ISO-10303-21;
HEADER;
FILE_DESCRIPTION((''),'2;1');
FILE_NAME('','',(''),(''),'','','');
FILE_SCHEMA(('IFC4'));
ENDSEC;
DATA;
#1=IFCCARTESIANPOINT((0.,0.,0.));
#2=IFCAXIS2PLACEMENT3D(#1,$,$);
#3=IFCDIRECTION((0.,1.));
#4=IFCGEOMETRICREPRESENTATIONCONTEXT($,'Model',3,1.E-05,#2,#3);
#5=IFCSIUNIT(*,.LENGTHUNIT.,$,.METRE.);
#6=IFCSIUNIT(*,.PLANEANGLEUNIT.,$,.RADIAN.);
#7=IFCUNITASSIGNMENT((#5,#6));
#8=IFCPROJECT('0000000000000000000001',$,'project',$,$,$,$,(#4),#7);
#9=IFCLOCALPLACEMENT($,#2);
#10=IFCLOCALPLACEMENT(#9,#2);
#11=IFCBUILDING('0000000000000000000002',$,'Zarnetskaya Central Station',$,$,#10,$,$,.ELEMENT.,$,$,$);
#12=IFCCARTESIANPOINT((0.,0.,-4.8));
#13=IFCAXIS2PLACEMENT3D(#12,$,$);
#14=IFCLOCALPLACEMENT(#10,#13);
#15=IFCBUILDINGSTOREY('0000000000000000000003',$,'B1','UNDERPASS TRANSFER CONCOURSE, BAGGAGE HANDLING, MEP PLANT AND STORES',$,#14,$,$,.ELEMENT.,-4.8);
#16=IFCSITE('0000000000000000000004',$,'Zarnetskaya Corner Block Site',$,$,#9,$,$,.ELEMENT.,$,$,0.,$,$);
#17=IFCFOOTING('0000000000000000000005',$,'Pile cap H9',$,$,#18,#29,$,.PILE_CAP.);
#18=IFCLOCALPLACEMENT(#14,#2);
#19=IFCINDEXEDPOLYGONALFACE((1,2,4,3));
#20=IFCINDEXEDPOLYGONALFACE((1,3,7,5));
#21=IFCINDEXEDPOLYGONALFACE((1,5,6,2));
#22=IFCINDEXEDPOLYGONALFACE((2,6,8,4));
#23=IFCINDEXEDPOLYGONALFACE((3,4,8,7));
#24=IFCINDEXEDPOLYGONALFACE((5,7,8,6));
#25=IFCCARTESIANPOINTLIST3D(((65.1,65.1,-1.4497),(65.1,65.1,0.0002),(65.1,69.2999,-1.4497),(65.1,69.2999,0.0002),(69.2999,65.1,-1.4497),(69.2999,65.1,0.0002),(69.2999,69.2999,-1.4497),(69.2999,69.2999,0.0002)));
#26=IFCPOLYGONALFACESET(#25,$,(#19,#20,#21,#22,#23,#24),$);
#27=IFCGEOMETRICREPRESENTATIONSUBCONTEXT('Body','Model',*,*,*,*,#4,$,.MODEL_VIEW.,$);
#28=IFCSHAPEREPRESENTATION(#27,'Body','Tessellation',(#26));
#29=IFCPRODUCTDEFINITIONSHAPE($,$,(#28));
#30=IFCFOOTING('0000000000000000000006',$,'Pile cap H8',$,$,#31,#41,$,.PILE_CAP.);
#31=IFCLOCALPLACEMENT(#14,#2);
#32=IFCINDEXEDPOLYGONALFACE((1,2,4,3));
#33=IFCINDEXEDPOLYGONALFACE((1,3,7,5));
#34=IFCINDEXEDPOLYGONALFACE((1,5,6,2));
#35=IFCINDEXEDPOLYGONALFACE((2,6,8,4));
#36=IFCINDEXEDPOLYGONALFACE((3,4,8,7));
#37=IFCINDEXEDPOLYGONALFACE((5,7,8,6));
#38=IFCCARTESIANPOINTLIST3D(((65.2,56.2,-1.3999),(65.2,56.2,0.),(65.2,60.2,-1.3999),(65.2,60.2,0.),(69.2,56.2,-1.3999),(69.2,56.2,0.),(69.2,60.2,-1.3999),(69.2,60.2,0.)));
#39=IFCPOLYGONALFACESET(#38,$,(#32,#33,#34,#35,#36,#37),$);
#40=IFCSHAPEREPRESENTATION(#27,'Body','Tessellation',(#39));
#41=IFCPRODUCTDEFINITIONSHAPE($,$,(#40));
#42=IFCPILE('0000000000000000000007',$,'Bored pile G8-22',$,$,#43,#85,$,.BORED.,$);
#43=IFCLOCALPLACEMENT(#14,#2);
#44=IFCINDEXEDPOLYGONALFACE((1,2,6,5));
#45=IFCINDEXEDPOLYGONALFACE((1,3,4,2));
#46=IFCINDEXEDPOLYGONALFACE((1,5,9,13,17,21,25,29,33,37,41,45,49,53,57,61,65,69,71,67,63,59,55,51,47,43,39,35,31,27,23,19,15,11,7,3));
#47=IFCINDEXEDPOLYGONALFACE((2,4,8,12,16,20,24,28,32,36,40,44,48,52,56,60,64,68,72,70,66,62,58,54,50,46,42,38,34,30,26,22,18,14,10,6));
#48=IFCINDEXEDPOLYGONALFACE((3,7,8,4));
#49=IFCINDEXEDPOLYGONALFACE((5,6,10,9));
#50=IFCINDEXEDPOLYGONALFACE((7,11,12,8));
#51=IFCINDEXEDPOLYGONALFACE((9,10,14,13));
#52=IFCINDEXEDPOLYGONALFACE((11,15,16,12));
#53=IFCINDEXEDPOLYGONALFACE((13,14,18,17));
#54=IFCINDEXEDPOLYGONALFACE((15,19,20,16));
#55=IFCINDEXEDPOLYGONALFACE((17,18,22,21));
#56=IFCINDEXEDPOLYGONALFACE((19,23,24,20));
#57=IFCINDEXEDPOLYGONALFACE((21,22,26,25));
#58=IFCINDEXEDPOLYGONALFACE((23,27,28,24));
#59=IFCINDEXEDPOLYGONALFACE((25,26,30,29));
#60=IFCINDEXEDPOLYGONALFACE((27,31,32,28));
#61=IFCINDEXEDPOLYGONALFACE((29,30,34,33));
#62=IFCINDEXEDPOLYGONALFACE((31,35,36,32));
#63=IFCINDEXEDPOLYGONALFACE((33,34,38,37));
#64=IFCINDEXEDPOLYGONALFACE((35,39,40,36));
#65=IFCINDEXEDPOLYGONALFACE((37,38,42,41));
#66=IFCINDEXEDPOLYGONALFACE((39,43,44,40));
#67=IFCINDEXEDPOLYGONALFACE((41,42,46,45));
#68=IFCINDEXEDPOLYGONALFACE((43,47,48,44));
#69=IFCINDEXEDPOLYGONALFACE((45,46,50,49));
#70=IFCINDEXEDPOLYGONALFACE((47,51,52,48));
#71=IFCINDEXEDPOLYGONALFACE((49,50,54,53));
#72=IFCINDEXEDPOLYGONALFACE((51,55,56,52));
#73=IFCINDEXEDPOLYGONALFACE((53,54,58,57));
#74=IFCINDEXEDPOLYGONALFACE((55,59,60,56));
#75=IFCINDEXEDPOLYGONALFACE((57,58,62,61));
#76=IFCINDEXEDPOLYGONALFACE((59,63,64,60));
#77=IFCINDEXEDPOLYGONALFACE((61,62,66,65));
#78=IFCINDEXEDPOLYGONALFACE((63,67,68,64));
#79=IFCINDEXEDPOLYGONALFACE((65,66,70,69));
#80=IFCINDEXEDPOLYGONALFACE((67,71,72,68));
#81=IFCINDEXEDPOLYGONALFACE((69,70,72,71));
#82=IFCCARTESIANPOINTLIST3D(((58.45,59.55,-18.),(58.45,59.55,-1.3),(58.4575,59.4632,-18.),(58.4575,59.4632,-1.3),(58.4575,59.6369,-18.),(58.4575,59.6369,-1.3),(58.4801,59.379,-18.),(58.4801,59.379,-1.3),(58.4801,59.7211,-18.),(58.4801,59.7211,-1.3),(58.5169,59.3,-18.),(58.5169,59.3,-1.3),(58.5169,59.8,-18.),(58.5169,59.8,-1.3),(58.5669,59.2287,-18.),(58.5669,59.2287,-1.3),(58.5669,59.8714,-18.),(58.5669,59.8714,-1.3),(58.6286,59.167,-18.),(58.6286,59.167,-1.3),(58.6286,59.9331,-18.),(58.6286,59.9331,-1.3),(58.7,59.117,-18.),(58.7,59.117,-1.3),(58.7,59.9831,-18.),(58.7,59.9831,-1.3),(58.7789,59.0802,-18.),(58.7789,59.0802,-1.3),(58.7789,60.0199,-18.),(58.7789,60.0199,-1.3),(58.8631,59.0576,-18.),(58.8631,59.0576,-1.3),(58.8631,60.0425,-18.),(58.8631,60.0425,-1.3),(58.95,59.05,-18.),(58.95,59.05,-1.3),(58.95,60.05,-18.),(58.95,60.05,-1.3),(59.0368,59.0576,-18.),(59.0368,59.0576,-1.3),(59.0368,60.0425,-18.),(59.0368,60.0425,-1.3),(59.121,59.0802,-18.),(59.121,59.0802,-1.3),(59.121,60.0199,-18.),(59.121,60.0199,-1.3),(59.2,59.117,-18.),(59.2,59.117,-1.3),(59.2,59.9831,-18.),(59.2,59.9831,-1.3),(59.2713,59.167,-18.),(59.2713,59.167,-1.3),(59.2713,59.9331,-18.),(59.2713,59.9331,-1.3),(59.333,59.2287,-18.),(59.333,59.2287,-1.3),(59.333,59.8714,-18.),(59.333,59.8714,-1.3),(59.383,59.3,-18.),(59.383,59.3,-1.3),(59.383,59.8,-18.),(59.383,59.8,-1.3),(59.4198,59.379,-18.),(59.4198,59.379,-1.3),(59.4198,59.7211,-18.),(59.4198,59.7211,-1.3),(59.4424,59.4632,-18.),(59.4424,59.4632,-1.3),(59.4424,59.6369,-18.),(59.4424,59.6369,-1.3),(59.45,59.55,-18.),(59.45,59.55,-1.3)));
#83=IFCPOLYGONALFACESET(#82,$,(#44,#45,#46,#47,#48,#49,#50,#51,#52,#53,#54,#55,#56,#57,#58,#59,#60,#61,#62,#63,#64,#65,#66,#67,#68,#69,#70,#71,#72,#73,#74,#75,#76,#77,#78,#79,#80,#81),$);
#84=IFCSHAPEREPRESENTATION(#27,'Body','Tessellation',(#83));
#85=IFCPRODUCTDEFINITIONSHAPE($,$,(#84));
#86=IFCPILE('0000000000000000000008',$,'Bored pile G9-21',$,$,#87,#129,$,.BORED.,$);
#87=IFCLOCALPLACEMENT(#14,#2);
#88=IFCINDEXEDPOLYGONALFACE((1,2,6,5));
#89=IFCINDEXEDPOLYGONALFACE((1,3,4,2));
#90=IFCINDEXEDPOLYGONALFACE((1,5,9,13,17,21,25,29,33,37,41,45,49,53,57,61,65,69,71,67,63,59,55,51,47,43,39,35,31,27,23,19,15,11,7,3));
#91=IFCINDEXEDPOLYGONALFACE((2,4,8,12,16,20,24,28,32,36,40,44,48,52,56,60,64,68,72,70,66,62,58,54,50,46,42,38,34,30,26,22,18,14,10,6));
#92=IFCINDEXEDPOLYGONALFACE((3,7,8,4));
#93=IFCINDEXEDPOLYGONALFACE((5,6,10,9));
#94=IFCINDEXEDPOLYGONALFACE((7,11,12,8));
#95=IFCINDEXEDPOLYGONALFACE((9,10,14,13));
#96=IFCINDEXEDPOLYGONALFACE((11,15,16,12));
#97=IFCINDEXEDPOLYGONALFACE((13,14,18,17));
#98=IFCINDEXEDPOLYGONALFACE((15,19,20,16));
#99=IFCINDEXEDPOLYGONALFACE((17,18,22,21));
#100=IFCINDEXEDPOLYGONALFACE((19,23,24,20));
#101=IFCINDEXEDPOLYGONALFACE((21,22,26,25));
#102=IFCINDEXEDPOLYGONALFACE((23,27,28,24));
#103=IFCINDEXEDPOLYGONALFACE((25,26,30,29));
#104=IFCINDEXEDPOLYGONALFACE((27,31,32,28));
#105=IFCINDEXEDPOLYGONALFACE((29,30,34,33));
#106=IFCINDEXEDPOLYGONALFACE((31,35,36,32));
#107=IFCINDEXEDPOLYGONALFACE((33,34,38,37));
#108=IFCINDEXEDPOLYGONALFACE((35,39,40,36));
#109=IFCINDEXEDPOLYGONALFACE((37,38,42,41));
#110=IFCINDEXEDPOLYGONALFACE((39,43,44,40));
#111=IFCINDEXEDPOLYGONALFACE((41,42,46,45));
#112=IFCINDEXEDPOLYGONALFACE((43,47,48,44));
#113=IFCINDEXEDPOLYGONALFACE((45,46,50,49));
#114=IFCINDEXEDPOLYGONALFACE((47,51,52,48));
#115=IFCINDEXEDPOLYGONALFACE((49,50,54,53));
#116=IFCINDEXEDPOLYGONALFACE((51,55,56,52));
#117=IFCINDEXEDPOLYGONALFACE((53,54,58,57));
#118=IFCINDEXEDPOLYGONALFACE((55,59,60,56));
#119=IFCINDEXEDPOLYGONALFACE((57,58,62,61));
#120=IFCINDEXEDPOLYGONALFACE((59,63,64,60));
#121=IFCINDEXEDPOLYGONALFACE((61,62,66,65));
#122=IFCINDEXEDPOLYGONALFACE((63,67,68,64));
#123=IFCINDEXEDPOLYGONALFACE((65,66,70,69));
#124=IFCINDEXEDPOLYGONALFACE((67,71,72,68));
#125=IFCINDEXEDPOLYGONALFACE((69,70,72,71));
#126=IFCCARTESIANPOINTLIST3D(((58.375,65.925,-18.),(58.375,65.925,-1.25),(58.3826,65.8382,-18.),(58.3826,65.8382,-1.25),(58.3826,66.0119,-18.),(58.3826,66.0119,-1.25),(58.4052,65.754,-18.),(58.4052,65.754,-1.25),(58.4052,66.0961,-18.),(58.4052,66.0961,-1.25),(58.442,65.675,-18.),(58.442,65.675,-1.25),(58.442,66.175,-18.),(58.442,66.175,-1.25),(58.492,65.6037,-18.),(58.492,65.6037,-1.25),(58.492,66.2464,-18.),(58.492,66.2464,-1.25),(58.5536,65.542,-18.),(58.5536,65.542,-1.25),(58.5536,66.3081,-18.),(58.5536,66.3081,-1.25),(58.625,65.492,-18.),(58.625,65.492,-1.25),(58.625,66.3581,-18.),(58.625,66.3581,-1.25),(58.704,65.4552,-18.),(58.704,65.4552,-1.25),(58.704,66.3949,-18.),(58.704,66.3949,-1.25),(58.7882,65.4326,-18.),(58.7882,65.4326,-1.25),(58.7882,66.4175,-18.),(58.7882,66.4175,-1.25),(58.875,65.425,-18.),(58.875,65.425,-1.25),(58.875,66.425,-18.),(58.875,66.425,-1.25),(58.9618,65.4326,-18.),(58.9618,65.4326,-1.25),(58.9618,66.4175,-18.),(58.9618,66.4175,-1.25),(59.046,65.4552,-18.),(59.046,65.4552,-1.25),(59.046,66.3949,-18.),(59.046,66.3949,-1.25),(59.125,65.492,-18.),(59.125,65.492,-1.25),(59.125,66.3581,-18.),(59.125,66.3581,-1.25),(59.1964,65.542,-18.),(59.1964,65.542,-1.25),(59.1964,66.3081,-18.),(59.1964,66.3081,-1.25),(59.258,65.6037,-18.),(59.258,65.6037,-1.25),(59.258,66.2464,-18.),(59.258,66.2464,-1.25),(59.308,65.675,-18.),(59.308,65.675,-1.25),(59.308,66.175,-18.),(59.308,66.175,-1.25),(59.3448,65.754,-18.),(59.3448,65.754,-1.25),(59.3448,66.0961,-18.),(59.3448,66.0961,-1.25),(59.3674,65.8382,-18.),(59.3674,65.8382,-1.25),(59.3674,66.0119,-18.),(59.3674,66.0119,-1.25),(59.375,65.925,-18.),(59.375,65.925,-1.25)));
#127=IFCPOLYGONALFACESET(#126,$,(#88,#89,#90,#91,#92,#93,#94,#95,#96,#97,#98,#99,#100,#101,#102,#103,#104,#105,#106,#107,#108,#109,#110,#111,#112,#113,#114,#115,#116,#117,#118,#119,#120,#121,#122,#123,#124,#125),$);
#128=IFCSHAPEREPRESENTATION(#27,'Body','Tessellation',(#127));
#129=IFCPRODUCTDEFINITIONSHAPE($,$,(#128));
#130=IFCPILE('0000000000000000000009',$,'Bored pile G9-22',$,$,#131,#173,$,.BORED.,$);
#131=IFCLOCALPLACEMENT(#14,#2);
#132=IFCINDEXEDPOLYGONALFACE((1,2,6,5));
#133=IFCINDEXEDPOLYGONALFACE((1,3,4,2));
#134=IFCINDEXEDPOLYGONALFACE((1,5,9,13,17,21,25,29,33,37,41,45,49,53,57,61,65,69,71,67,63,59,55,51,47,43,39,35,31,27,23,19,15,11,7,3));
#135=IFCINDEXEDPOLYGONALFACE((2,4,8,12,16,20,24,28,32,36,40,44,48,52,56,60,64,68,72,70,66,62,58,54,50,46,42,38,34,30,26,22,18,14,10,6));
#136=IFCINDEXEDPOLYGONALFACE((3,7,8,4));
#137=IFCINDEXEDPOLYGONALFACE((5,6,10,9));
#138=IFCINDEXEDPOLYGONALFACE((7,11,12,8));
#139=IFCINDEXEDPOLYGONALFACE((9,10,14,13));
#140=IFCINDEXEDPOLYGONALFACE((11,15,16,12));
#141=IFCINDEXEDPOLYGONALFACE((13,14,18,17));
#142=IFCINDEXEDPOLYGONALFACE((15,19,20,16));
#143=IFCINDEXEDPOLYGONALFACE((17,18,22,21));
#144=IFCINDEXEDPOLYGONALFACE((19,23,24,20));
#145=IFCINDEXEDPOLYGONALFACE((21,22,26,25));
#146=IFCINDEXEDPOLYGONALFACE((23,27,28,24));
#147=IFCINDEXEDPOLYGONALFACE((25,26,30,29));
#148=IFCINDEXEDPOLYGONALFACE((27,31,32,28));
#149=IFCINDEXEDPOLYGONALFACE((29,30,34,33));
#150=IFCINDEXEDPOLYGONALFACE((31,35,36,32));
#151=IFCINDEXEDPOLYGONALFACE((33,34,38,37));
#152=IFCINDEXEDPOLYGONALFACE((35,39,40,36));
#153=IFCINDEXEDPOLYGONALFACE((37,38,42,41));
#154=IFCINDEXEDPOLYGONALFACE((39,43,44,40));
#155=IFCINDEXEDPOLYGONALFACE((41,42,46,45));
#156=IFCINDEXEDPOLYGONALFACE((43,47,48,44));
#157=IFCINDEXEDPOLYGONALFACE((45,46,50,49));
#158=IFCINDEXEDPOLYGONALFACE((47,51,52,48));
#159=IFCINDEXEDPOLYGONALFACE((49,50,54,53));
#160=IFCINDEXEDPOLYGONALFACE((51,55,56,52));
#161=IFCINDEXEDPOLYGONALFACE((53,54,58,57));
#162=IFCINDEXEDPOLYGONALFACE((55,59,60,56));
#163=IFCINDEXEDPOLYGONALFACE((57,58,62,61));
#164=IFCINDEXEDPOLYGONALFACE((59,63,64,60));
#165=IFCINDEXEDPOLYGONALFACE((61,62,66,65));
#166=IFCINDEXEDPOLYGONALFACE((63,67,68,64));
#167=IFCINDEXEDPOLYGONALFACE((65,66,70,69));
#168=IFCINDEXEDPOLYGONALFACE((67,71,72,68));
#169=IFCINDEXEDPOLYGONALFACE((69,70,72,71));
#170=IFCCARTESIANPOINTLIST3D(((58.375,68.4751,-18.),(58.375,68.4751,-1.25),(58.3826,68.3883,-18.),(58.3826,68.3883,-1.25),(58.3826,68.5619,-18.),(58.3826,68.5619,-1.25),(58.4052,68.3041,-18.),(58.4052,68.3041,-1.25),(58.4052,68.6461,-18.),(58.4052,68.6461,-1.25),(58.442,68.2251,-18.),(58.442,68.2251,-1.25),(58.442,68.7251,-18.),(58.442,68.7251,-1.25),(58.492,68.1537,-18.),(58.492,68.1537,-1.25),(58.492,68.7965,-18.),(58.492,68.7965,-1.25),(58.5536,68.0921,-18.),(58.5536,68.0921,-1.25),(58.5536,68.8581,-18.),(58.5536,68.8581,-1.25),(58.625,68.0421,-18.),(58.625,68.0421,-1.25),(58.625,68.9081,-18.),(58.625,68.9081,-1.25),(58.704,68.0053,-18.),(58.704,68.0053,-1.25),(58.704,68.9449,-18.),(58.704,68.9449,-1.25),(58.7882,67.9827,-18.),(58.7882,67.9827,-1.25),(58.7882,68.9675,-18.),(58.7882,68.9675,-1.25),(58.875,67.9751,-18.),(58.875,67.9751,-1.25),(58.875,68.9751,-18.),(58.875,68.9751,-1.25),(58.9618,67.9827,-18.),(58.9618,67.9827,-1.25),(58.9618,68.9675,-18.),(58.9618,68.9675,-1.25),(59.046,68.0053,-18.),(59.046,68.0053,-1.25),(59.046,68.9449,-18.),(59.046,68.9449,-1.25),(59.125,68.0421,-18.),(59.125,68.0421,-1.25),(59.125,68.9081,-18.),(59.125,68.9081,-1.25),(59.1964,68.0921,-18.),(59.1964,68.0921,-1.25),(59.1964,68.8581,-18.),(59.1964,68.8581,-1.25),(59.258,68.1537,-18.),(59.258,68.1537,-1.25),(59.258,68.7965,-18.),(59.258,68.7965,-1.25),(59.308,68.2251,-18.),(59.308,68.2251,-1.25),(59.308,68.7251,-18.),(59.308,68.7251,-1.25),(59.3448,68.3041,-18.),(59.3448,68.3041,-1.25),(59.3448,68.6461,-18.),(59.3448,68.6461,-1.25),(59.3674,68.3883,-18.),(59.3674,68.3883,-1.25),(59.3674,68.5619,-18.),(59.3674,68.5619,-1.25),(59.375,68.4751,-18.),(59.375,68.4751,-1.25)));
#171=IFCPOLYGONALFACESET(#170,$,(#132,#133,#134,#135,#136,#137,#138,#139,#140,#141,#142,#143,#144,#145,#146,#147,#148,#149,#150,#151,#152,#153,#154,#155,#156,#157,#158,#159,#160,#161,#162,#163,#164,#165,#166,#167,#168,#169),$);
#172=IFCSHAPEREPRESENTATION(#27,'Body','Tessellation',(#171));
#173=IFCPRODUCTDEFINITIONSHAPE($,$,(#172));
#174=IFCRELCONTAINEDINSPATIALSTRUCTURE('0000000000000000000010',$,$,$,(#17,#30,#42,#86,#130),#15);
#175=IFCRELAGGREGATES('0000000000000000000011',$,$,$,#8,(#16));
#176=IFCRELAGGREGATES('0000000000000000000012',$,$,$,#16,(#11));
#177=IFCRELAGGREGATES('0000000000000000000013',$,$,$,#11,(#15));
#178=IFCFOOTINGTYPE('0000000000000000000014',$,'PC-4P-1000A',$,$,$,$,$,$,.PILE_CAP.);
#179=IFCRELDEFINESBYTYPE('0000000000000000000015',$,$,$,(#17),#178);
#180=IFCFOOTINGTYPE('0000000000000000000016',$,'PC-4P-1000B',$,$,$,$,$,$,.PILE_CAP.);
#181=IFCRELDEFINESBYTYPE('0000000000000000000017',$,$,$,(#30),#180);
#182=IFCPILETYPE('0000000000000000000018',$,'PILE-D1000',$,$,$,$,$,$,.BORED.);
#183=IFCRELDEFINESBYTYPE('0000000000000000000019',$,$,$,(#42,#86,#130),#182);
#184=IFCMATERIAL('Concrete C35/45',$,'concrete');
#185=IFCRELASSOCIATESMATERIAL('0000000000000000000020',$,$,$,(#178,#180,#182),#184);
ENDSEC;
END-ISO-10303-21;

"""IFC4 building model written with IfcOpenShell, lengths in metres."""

from ifc_helpers import new_model, si_unit, direction, frame, origin, origin_2d, place, context, subcontext, project, spatial, rectangle, circle, extrude, material, material_profile, profile_set, type_object, element, save


model = new_model("IFC4")

# Units and contexts
model_context = context("Model", 3, precision=1e-05, world=origin(), true_north=direction((0.0, 1.0)))
body_context = subcontext(model_context, "Body", "Model", "MODEL_VIEW")
ifc_project = project(units=[si_unit("LENGTHUNIT", "METRE"), si_unit("PLANEANGLEUNIT", "RADIAN")], contexts=[model_context])

# Site, building, storey
site_placement = place(None, origin())
site = spatial("IfcSite", under=ifc_project, at=site_placement, Name="Zarnetskaya Corner Block Site", CompositionType="ELEMENT", RefElevation=0.0)
building_placement = place(site_placement, origin())
building = spatial("IfcBuilding", under=site, at=building_placement, Name="Zarnetskaya Central Station", CompositionType="ELEMENT")
storey_placement = place(building_placement, frame((0.0, 0.0, -4.8)))
storey = spatial("IfcBuildingStorey", under=building, at=storey_placement, Name="B1", Description="UNDERPASS TRANSFER CONCOURSE, BAGGAGE HANDLING, MEP PLANT AND STORES", CompositionType="ELEMENT", Elevation=-4.8)

# Footings
ifc_material_1 = material(Name="Concrete C35/45", Category="concrete")
footing_type_1 = type_object("IfcFootingType", Name="PC-4P-1000A", PredefinedType="PILE_CAP", material=ifc_material_1)
footing_1_placement = place(storey_placement, frame((67.2, 67.2, -1.4497), z_axis=(0.0, 0.0, 1.0), x_axis=(1.0, 0.0, 0.0)))
element("IfcFooting", 1, at=footing_1_placement, inside=storey, type_object=footing_type_1, Name="Pile cap H9", PredefinedType="PILE_CAP", context=body_context, shape_type="SweptSolid", body=[
    extrude(rectangle(XDim=4.2, YDim=4.2, at=origin_2d()), origin(), (0.0, 0.0, 1.0), 1.45),
])
footing_type_2 = type_object("IfcFootingType", Name="PC-4P-1000B", PredefinedType="PILE_CAP", material=ifc_material_1)
footing_2_placement = place(storey_placement, frame((67.2, 58.2, -1.3999), z_axis=(0.0, 0.0, 1.0), x_axis=(1.0, 0.0, 0.0)))
element("IfcFooting", 2, at=footing_2_placement, inside=storey, type_object=footing_type_2, Name="Pile cap H8", PredefinedType="PILE_CAP", context=body_context, shape_type="SweptSolid", body=[
    extrude(rectangle(XDim=4.0, YDim=4.0, at=origin_2d()), origin(), (0.0, 0.0, 1.0), 1.3999),
])

# Piles
ifc_material_profile_1 = material_profile(ifc_material_1, circle(Radius=0.5, at=origin_2d()), Name="BORED PILE D1000")
ifc_profile_set_1 = profile_set([ifc_material_profile_1], Name="Concrete C35/45")
pile_type = type_object("IfcPileType", Name="PILE-D1000", PredefinedType="BORED", material=ifc_profile_set_1)
pile_placement = place(storey_placement, frame((58.95, 59.55, -1.3), z_axis=(0.0, 0.0, -1.0), x_axis=(1.0, 0.0, 0.0)))
element("IfcPile", 3, at=pile_placement, inside=storey, type_object=pile_type, Name="Bored pile G8-22", PredefinedType="BORED", context=body_context, shape_type="SweptSolid", body=[
    extrude(circle(Radius=0.5, at=origin_2d()), origin(), (0.0, 0.0, 1.0), 16.7),
])
for number, where, z_axis, x_axis, name in (
    (4, (58.875, 65.925, -1.25), (0.0, 0.0, -1.0), (1.0, 0.0, 0.0), "Bored pile G9-21"),
    (5, (58.875, 68.4751, -1.25), (0.0, 0.0, -1.0), (1.0, 0.0, 0.0), "Bored pile G9-22"),
):
    element("IfcPile", number, at=place(storey_placement, frame(where, z_axis=z_axis, x_axis=x_axis)), inside=storey, type_object=pile_type, Name=name, PredefinedType="BORED", context=body_context, shape_type="SweptSolid", body=[
        extrude(circle(Radius=0.5, at=origin_2d()), origin(), (0.0, 0.0, 1.0), 16.75),
    ])

save(model, "model.ifc")
